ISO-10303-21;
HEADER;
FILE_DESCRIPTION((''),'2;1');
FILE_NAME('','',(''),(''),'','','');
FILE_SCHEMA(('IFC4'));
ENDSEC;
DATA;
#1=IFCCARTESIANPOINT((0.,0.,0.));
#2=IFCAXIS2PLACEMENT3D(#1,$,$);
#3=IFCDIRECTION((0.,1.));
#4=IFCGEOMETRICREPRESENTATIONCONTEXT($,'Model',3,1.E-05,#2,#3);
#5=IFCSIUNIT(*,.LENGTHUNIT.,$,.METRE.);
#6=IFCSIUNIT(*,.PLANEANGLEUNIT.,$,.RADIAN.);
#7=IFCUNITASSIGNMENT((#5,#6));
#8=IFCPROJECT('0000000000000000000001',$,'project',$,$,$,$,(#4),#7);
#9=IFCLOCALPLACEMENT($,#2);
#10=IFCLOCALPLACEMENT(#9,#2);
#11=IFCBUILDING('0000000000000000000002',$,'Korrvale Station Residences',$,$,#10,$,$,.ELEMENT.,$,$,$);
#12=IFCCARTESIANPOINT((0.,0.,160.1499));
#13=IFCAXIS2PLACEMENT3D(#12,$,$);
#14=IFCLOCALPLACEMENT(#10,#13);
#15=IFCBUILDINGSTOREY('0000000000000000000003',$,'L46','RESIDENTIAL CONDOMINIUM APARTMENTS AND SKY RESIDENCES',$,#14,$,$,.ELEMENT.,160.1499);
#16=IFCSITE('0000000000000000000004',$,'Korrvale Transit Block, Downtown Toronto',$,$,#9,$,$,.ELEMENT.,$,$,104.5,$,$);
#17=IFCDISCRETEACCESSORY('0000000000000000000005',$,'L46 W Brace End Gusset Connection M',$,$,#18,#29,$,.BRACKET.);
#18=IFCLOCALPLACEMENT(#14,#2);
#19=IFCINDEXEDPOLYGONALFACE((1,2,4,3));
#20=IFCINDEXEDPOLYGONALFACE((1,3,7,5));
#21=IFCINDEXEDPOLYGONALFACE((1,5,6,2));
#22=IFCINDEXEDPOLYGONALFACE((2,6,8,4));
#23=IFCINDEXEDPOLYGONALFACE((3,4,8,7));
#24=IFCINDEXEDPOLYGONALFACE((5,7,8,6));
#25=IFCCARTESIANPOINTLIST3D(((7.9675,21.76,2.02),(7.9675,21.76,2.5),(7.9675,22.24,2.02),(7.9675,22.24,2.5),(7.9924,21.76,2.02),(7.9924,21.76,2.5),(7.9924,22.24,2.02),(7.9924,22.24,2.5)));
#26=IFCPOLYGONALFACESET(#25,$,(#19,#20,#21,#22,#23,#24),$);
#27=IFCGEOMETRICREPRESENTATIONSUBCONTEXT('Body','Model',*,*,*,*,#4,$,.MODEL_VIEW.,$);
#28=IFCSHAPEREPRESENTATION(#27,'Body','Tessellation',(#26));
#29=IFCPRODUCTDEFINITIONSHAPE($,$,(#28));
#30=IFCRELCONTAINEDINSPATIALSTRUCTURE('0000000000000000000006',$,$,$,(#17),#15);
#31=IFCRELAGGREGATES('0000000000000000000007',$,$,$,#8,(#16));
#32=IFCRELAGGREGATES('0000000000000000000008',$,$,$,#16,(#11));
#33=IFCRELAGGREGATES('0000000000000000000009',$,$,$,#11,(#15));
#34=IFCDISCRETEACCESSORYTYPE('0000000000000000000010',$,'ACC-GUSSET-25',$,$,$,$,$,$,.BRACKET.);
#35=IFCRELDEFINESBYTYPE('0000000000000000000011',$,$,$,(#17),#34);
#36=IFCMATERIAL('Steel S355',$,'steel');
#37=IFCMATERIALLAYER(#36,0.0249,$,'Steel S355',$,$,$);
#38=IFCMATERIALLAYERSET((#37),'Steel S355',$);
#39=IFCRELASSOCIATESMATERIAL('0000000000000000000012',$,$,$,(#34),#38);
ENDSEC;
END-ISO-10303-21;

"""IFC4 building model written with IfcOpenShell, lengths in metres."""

from ifc_helpers import new_model, si_unit, direction, frame, origin, origin_2d, place, context, subcontext, project, spatial, rectangle, extrude, material, layer, layer_set, type_object, element, save


model = new_model("IFC4")

# Units and contexts
model_context = context("Model", 3, precision=1e-05, world=origin(), true_north=direction((0.0, 1.0)))
body_context = subcontext(model_context, "Body", "Model", "MODEL_VIEW")
ifc_project = project(units=[si_unit("LENGTHUNIT", "METRE"), si_unit("PLANEANGLEUNIT", "RADIAN")], contexts=[model_context])

# Site, building, storey
site_placement = place(None, origin())
site = spatial("IfcSite", under=ifc_project, at=site_placement, Name="Korrvale Transit Block, Downtown Toronto", CompositionType="ELEMENT", RefElevation=104.5)
building_placement = place(site_placement, origin())
building = spatial("IfcBuilding", under=site, at=building_placement, Name="Korrvale Station Residences", CompositionType="ELEMENT")
storey_placement = place(building_placement, frame((0.0, 0.0, 160.1499)))
storey = spatial("IfcBuildingStorey", under=building, at=storey_placement, Name="L46", Description="RESIDENTIAL CONDOMINIUM APARTMENTS AND SKY RESIDENCES", CompositionType="ELEMENT", Elevation=160.1499)

# Shared definitions
ifc_material_1 = material(Name="Steel S355", Category="steel")

# Discrete accessory
ifc_layer_1 = layer(ifc_material_1, 0.0249, Name="Steel S355")
ifc_layer_set_1 = layer_set([ifc_layer_1], Name="Steel S355")
discrete_accessory_type = type_object("IfcDiscreteAccessoryType", Name="ACC-GUSSET-25", PredefinedType="BRACKET", material=ifc_layer_set_1)
for number, where, z_axis, x_axis, name in (
    (1, (7.98, 22.0, 2.02), (0.0, 0.0, 1.0), (0.0, 1.0, 0.0), "L46 W Brace End Gusset Connection M"),
):
    element("IfcDiscreteAccessory", number, at=place(storey_placement, frame(where, z_axis=z_axis, x_axis=x_axis)), inside=storey, type_object=discrete_accessory_type, Name=name, PredefinedType="BRACKET", context=body_context, shape_type="SweptSolid", body=[
        extrude(rectangle(XDim=0.48, YDim=0.0249, at=origin_2d()), origin(), (0.0, 0.0, 1.0), 0.48),
    ])

save(model, "model.ifc")
